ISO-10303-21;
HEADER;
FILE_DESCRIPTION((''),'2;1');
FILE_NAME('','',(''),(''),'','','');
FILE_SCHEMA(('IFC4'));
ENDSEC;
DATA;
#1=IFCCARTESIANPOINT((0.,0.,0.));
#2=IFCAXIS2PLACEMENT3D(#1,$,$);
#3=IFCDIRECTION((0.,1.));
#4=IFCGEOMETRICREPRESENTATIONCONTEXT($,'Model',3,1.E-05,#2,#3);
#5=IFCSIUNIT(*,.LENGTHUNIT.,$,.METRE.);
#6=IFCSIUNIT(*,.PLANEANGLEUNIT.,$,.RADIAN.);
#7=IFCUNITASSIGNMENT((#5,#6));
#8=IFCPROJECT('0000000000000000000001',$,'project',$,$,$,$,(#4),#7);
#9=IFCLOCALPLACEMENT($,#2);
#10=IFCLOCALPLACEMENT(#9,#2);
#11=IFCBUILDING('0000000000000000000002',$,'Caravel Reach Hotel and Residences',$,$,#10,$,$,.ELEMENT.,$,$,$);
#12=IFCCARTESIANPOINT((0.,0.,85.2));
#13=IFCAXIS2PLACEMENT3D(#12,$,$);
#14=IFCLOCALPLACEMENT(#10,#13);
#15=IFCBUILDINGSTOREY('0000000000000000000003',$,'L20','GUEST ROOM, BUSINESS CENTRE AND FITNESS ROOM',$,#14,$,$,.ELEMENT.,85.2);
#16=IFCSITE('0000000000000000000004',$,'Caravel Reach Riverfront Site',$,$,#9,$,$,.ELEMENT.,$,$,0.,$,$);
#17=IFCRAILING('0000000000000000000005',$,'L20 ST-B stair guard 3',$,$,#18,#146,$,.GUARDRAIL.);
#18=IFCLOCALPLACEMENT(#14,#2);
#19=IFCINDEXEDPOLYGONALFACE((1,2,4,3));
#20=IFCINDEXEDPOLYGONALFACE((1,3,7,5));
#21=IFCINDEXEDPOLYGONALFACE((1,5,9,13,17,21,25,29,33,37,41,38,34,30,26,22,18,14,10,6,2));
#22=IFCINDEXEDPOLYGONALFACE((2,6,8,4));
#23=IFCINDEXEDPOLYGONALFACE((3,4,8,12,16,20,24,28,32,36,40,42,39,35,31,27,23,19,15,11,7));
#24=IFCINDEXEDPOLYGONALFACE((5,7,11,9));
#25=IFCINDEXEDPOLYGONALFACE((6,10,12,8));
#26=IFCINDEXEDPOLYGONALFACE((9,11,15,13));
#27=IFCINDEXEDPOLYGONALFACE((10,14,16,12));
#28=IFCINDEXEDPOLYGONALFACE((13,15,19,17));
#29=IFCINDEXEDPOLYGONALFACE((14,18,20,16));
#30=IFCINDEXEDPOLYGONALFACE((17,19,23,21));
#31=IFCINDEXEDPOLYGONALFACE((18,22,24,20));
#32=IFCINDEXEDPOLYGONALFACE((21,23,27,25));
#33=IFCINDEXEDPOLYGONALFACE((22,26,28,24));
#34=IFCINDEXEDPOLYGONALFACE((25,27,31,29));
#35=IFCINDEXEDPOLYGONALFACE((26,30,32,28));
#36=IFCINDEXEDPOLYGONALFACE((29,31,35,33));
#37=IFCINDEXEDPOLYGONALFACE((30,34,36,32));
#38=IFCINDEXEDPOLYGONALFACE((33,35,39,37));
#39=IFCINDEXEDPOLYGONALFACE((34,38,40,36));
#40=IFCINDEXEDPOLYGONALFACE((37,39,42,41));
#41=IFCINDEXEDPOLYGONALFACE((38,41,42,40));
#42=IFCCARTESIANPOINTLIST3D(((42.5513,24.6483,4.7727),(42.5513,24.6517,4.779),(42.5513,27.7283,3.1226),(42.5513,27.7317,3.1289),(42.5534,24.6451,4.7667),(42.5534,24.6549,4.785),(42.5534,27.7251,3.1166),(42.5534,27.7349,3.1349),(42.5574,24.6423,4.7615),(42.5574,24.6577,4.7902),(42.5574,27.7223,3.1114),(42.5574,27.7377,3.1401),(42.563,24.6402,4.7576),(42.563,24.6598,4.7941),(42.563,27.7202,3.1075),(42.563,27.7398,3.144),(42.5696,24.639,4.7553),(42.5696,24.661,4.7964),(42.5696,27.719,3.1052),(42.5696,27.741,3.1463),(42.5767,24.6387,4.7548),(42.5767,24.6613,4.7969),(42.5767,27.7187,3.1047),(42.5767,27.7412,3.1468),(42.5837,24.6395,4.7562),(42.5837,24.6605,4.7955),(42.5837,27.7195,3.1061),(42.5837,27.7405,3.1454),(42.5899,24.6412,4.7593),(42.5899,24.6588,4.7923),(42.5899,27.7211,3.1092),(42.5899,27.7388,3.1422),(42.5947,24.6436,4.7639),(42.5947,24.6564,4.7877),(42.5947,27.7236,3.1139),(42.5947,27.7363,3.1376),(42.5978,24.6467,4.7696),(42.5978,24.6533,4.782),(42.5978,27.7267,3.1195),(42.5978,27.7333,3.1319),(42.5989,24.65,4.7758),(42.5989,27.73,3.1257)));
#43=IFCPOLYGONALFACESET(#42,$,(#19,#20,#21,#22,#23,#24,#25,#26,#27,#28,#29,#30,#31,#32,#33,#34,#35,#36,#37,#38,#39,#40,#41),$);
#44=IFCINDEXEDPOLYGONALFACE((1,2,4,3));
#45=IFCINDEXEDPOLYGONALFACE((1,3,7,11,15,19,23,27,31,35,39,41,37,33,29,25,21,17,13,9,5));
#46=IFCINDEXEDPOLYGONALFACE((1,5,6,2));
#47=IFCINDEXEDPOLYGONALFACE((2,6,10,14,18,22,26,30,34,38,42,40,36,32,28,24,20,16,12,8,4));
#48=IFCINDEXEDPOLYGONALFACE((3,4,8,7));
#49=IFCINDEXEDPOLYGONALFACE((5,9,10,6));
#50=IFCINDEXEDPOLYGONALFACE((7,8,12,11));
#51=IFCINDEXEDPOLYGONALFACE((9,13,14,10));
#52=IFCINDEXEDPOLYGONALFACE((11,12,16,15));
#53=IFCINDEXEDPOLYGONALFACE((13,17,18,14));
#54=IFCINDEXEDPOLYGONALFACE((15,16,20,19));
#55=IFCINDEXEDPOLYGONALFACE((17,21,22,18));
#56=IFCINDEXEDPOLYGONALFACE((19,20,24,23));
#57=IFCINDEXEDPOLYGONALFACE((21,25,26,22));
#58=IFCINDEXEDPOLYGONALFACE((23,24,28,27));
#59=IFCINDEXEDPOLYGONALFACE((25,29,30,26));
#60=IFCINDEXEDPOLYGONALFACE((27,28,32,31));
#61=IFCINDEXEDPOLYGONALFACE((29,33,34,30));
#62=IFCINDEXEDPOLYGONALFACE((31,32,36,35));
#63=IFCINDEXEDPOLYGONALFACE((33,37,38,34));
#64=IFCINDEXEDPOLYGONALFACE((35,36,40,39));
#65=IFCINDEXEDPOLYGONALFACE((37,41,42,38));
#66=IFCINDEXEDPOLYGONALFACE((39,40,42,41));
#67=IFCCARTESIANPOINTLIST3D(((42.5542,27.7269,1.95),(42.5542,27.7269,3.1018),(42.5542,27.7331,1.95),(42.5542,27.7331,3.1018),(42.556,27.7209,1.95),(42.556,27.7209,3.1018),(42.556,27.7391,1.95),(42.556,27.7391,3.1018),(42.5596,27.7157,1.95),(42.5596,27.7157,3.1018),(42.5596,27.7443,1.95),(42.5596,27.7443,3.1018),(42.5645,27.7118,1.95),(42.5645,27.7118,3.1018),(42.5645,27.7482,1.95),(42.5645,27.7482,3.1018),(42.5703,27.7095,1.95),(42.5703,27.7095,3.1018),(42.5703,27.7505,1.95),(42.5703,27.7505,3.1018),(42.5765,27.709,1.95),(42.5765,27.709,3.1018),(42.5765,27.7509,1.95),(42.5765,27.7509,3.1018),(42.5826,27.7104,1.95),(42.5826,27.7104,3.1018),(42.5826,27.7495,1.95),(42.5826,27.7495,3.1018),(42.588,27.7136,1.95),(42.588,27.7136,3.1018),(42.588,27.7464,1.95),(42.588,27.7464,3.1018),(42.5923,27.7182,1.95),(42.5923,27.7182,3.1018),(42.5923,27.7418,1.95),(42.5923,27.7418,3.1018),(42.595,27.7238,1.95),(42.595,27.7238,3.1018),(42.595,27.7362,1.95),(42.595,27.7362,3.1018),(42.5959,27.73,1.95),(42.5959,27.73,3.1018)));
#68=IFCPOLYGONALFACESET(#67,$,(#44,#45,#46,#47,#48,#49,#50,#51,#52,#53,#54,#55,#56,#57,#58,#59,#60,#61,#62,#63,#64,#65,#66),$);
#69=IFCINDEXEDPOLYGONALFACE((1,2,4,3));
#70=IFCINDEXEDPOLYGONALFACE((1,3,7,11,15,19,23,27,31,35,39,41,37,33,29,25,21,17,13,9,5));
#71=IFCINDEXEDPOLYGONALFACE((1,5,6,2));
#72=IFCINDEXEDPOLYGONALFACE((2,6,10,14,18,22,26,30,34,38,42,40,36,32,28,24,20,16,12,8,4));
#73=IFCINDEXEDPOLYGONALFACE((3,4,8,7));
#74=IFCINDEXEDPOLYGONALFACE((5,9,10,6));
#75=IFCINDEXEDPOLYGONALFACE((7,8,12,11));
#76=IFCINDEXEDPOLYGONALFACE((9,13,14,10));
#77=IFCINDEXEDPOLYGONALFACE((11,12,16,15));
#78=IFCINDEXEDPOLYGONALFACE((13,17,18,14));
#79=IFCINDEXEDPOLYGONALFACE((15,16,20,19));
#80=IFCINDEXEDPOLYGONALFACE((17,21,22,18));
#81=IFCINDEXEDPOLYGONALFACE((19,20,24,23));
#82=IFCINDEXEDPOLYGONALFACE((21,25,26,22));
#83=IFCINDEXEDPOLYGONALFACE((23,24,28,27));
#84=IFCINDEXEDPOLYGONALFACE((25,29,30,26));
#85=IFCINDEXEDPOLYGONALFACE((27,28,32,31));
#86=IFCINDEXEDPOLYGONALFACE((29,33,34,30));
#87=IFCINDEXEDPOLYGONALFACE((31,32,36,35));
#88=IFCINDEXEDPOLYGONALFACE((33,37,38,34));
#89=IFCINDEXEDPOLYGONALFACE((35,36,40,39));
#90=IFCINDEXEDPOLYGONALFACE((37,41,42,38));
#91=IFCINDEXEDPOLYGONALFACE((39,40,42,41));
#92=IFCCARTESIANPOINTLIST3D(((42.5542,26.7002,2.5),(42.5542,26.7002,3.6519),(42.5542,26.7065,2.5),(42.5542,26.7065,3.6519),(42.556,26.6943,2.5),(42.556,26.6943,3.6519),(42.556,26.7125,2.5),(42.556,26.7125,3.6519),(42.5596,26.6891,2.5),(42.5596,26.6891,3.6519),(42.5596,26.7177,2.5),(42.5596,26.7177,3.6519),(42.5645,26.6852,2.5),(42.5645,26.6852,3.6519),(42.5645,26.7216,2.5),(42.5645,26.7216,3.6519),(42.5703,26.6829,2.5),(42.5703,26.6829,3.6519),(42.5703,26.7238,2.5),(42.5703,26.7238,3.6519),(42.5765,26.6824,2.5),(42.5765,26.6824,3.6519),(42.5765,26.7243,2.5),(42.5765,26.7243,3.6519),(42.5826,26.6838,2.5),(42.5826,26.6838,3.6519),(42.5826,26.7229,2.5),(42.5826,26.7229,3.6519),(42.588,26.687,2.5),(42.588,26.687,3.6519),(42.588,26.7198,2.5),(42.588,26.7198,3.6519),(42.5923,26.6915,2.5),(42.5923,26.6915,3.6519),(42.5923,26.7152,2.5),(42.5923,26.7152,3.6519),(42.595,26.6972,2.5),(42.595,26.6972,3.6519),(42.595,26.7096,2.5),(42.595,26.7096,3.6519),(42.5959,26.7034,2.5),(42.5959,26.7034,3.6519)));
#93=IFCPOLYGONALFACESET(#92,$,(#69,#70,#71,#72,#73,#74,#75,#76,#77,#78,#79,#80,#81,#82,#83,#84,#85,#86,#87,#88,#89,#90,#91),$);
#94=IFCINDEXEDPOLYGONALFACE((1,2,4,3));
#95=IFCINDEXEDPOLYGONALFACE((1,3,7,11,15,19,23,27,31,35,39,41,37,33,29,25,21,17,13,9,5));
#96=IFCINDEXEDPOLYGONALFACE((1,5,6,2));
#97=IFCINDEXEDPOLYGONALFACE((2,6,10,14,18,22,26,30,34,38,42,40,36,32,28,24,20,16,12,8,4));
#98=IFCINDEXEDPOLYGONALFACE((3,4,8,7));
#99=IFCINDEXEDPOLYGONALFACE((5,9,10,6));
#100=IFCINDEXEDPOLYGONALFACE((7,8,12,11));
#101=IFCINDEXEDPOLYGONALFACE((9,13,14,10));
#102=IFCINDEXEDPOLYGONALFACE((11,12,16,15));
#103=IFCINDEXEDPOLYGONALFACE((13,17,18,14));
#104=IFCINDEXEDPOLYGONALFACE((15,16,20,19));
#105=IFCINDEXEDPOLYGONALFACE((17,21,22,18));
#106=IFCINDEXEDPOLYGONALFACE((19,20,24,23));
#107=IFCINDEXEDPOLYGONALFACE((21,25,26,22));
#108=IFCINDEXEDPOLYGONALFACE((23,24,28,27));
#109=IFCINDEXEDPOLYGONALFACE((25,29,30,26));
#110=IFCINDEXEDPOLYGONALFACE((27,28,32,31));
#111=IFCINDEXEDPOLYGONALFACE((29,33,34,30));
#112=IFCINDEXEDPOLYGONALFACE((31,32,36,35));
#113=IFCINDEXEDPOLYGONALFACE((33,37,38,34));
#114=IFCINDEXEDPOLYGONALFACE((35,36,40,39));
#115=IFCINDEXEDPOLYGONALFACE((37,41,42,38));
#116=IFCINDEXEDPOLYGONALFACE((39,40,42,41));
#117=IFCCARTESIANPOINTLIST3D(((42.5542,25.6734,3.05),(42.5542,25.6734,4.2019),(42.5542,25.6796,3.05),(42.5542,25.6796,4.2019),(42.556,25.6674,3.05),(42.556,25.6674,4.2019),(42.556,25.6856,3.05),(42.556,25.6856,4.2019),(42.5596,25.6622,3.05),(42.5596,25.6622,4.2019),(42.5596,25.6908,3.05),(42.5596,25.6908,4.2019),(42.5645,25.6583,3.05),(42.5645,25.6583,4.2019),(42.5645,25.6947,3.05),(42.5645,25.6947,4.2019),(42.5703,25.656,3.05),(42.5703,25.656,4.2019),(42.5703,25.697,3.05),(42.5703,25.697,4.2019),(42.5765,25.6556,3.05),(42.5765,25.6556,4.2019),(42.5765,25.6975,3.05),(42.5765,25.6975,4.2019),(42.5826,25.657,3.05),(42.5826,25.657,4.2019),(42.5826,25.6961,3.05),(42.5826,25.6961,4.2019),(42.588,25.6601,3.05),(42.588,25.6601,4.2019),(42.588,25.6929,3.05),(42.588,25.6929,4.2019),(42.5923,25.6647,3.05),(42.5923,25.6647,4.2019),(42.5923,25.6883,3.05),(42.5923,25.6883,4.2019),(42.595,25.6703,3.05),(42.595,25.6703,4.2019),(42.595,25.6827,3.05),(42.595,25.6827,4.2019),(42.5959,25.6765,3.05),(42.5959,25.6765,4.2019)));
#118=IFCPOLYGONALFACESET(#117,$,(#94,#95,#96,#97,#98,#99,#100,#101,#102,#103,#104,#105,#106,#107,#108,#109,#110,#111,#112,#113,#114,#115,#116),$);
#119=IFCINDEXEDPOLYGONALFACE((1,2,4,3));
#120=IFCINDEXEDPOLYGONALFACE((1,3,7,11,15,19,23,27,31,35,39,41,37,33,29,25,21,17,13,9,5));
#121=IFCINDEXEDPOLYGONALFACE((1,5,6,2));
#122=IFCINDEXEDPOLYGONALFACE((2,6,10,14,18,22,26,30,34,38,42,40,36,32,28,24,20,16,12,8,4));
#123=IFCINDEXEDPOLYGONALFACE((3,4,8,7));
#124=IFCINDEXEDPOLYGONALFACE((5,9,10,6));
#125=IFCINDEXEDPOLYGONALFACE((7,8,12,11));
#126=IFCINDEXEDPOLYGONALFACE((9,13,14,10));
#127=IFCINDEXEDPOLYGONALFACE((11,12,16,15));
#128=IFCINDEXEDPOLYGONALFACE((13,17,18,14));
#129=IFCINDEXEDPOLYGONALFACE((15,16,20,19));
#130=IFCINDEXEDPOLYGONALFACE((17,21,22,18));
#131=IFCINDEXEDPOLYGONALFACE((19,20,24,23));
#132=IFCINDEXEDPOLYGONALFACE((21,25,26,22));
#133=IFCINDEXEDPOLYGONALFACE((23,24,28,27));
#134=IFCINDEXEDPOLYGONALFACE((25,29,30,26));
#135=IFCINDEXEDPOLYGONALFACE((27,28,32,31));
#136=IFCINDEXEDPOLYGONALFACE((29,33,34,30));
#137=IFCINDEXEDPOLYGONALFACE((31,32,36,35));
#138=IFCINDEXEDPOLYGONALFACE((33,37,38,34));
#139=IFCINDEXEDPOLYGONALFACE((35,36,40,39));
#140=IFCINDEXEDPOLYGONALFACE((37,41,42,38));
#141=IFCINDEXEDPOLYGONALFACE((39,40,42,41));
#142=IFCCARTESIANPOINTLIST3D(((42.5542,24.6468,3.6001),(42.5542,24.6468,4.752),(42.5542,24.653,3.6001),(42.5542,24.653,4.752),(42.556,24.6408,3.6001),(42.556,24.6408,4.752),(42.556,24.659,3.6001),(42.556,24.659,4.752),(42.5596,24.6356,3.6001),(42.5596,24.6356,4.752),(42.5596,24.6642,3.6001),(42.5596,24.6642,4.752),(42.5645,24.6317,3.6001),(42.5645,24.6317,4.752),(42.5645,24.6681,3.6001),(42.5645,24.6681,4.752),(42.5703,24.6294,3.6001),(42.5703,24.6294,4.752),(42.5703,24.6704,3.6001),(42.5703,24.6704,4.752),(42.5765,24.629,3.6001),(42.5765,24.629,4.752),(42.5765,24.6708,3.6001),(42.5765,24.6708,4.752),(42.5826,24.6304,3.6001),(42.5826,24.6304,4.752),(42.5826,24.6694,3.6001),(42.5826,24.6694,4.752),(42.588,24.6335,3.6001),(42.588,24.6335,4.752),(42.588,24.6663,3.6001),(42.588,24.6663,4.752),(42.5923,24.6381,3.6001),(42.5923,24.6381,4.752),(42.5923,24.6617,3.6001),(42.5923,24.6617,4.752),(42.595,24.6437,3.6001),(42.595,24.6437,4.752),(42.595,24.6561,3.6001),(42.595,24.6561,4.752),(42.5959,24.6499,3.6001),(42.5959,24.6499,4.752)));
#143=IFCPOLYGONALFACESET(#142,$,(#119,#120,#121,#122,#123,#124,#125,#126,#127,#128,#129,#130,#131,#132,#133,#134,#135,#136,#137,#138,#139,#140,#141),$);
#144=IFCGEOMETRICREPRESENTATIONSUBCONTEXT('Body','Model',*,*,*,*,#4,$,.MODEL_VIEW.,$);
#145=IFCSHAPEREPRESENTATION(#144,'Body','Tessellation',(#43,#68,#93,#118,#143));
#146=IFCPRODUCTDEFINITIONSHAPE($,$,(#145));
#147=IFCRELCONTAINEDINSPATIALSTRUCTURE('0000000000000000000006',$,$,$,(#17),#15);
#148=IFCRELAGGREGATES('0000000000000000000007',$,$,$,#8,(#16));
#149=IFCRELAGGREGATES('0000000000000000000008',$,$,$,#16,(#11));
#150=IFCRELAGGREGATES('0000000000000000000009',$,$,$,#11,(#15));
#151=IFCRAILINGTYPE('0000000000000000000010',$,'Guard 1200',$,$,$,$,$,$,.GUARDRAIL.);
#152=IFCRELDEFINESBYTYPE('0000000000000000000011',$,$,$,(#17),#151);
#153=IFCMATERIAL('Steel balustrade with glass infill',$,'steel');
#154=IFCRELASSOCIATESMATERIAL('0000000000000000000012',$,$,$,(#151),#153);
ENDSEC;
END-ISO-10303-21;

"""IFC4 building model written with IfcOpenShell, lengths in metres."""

from ifc_helpers import new_model, si_unit, direction, frame, origin, origin_2d, place, context, subcontext, project, spatial, circle, extrude, material, type_object, element, save


model = new_model("IFC4")

# Units and contexts
model_context = context("Model", 3, precision=1e-05, world=origin(), true_north=direction((0.0, 1.0)))
body_context = subcontext(model_context, "Body", "Model", "MODEL_VIEW")
ifc_project = project(units=[si_unit("LENGTHUNIT", "METRE"), si_unit("PLANEANGLEUNIT", "RADIAN")], contexts=[model_context])

# Site, building, storey
site_placement = place(None, origin())
site = spatial("IfcSite", under=ifc_project, at=site_placement, Name="Caravel Reach Riverfront Site", CompositionType="ELEMENT", RefElevation=0.0)
building_placement = place(site_placement, origin())
building = spatial("IfcBuilding", under=site, at=building_placement, Name="Caravel Reach Hotel and Residences", CompositionType="ELEMENT")
storey_placement = place(building_placement, frame((0.0, 0.0, 85.2)))
storey = spatial("IfcBuildingStorey", under=building, at=storey_placement, Name="L20", Description="GUEST ROOM, BUSINESS CENTRE AND FITNESS ROOM", CompositionType="ELEMENT", Elevation=85.2)

# Railing
ifc_material_1 = material(Name="Steel balustrade with glass infill", Category="steel")
railing_type_1 = type_object("IfcRailingType", Name="Guard 1200", PredefinedType="GUARDRAIL", material=ifc_material_1)
railing_1_placement = place(storey_placement, frame((42.575, 27.73, 1.95)))
element("IfcRailing", 1, at=railing_1_placement, inside=storey, type_object=railing_type_1, Name="L20 ST-B stair guard 3", PredefinedType="GUARDRAIL", context=body_context, shape_type="SweptSolid", body=[
    extrude(circle(Radius=0.0239, at=origin_2d()), frame((0.0, 0.0, 1.1758), z_axis=(0.0, -0.881468, 0.472245), x_axis=(1.0, 0.0, 0.0)), (0.0, 0.0, 1.0), 3.4941),
    extrude(circle(Radius=0.021, at=origin_2d()), origin(), (0.0, 0.0, 1.0), 1.1519),
    extrude(circle(Radius=0.021, at=origin_2d()), frame((0.0, -1.0266, 0.55)), (0.0, 0.0, 1.0), 1.1519),
    extrude(circle(Radius=0.021, at=origin_2d()), frame((0.0, -2.0535, 1.1001)), (0.0, 0.0, 1.0), 1.1519),
    extrude(circle(Radius=0.021, at=origin_2d()), frame((0.0, -3.0801, 1.6501)), (0.0, 0.0, 1.0), 1.1519),
])

save(model, "model.ifc")
